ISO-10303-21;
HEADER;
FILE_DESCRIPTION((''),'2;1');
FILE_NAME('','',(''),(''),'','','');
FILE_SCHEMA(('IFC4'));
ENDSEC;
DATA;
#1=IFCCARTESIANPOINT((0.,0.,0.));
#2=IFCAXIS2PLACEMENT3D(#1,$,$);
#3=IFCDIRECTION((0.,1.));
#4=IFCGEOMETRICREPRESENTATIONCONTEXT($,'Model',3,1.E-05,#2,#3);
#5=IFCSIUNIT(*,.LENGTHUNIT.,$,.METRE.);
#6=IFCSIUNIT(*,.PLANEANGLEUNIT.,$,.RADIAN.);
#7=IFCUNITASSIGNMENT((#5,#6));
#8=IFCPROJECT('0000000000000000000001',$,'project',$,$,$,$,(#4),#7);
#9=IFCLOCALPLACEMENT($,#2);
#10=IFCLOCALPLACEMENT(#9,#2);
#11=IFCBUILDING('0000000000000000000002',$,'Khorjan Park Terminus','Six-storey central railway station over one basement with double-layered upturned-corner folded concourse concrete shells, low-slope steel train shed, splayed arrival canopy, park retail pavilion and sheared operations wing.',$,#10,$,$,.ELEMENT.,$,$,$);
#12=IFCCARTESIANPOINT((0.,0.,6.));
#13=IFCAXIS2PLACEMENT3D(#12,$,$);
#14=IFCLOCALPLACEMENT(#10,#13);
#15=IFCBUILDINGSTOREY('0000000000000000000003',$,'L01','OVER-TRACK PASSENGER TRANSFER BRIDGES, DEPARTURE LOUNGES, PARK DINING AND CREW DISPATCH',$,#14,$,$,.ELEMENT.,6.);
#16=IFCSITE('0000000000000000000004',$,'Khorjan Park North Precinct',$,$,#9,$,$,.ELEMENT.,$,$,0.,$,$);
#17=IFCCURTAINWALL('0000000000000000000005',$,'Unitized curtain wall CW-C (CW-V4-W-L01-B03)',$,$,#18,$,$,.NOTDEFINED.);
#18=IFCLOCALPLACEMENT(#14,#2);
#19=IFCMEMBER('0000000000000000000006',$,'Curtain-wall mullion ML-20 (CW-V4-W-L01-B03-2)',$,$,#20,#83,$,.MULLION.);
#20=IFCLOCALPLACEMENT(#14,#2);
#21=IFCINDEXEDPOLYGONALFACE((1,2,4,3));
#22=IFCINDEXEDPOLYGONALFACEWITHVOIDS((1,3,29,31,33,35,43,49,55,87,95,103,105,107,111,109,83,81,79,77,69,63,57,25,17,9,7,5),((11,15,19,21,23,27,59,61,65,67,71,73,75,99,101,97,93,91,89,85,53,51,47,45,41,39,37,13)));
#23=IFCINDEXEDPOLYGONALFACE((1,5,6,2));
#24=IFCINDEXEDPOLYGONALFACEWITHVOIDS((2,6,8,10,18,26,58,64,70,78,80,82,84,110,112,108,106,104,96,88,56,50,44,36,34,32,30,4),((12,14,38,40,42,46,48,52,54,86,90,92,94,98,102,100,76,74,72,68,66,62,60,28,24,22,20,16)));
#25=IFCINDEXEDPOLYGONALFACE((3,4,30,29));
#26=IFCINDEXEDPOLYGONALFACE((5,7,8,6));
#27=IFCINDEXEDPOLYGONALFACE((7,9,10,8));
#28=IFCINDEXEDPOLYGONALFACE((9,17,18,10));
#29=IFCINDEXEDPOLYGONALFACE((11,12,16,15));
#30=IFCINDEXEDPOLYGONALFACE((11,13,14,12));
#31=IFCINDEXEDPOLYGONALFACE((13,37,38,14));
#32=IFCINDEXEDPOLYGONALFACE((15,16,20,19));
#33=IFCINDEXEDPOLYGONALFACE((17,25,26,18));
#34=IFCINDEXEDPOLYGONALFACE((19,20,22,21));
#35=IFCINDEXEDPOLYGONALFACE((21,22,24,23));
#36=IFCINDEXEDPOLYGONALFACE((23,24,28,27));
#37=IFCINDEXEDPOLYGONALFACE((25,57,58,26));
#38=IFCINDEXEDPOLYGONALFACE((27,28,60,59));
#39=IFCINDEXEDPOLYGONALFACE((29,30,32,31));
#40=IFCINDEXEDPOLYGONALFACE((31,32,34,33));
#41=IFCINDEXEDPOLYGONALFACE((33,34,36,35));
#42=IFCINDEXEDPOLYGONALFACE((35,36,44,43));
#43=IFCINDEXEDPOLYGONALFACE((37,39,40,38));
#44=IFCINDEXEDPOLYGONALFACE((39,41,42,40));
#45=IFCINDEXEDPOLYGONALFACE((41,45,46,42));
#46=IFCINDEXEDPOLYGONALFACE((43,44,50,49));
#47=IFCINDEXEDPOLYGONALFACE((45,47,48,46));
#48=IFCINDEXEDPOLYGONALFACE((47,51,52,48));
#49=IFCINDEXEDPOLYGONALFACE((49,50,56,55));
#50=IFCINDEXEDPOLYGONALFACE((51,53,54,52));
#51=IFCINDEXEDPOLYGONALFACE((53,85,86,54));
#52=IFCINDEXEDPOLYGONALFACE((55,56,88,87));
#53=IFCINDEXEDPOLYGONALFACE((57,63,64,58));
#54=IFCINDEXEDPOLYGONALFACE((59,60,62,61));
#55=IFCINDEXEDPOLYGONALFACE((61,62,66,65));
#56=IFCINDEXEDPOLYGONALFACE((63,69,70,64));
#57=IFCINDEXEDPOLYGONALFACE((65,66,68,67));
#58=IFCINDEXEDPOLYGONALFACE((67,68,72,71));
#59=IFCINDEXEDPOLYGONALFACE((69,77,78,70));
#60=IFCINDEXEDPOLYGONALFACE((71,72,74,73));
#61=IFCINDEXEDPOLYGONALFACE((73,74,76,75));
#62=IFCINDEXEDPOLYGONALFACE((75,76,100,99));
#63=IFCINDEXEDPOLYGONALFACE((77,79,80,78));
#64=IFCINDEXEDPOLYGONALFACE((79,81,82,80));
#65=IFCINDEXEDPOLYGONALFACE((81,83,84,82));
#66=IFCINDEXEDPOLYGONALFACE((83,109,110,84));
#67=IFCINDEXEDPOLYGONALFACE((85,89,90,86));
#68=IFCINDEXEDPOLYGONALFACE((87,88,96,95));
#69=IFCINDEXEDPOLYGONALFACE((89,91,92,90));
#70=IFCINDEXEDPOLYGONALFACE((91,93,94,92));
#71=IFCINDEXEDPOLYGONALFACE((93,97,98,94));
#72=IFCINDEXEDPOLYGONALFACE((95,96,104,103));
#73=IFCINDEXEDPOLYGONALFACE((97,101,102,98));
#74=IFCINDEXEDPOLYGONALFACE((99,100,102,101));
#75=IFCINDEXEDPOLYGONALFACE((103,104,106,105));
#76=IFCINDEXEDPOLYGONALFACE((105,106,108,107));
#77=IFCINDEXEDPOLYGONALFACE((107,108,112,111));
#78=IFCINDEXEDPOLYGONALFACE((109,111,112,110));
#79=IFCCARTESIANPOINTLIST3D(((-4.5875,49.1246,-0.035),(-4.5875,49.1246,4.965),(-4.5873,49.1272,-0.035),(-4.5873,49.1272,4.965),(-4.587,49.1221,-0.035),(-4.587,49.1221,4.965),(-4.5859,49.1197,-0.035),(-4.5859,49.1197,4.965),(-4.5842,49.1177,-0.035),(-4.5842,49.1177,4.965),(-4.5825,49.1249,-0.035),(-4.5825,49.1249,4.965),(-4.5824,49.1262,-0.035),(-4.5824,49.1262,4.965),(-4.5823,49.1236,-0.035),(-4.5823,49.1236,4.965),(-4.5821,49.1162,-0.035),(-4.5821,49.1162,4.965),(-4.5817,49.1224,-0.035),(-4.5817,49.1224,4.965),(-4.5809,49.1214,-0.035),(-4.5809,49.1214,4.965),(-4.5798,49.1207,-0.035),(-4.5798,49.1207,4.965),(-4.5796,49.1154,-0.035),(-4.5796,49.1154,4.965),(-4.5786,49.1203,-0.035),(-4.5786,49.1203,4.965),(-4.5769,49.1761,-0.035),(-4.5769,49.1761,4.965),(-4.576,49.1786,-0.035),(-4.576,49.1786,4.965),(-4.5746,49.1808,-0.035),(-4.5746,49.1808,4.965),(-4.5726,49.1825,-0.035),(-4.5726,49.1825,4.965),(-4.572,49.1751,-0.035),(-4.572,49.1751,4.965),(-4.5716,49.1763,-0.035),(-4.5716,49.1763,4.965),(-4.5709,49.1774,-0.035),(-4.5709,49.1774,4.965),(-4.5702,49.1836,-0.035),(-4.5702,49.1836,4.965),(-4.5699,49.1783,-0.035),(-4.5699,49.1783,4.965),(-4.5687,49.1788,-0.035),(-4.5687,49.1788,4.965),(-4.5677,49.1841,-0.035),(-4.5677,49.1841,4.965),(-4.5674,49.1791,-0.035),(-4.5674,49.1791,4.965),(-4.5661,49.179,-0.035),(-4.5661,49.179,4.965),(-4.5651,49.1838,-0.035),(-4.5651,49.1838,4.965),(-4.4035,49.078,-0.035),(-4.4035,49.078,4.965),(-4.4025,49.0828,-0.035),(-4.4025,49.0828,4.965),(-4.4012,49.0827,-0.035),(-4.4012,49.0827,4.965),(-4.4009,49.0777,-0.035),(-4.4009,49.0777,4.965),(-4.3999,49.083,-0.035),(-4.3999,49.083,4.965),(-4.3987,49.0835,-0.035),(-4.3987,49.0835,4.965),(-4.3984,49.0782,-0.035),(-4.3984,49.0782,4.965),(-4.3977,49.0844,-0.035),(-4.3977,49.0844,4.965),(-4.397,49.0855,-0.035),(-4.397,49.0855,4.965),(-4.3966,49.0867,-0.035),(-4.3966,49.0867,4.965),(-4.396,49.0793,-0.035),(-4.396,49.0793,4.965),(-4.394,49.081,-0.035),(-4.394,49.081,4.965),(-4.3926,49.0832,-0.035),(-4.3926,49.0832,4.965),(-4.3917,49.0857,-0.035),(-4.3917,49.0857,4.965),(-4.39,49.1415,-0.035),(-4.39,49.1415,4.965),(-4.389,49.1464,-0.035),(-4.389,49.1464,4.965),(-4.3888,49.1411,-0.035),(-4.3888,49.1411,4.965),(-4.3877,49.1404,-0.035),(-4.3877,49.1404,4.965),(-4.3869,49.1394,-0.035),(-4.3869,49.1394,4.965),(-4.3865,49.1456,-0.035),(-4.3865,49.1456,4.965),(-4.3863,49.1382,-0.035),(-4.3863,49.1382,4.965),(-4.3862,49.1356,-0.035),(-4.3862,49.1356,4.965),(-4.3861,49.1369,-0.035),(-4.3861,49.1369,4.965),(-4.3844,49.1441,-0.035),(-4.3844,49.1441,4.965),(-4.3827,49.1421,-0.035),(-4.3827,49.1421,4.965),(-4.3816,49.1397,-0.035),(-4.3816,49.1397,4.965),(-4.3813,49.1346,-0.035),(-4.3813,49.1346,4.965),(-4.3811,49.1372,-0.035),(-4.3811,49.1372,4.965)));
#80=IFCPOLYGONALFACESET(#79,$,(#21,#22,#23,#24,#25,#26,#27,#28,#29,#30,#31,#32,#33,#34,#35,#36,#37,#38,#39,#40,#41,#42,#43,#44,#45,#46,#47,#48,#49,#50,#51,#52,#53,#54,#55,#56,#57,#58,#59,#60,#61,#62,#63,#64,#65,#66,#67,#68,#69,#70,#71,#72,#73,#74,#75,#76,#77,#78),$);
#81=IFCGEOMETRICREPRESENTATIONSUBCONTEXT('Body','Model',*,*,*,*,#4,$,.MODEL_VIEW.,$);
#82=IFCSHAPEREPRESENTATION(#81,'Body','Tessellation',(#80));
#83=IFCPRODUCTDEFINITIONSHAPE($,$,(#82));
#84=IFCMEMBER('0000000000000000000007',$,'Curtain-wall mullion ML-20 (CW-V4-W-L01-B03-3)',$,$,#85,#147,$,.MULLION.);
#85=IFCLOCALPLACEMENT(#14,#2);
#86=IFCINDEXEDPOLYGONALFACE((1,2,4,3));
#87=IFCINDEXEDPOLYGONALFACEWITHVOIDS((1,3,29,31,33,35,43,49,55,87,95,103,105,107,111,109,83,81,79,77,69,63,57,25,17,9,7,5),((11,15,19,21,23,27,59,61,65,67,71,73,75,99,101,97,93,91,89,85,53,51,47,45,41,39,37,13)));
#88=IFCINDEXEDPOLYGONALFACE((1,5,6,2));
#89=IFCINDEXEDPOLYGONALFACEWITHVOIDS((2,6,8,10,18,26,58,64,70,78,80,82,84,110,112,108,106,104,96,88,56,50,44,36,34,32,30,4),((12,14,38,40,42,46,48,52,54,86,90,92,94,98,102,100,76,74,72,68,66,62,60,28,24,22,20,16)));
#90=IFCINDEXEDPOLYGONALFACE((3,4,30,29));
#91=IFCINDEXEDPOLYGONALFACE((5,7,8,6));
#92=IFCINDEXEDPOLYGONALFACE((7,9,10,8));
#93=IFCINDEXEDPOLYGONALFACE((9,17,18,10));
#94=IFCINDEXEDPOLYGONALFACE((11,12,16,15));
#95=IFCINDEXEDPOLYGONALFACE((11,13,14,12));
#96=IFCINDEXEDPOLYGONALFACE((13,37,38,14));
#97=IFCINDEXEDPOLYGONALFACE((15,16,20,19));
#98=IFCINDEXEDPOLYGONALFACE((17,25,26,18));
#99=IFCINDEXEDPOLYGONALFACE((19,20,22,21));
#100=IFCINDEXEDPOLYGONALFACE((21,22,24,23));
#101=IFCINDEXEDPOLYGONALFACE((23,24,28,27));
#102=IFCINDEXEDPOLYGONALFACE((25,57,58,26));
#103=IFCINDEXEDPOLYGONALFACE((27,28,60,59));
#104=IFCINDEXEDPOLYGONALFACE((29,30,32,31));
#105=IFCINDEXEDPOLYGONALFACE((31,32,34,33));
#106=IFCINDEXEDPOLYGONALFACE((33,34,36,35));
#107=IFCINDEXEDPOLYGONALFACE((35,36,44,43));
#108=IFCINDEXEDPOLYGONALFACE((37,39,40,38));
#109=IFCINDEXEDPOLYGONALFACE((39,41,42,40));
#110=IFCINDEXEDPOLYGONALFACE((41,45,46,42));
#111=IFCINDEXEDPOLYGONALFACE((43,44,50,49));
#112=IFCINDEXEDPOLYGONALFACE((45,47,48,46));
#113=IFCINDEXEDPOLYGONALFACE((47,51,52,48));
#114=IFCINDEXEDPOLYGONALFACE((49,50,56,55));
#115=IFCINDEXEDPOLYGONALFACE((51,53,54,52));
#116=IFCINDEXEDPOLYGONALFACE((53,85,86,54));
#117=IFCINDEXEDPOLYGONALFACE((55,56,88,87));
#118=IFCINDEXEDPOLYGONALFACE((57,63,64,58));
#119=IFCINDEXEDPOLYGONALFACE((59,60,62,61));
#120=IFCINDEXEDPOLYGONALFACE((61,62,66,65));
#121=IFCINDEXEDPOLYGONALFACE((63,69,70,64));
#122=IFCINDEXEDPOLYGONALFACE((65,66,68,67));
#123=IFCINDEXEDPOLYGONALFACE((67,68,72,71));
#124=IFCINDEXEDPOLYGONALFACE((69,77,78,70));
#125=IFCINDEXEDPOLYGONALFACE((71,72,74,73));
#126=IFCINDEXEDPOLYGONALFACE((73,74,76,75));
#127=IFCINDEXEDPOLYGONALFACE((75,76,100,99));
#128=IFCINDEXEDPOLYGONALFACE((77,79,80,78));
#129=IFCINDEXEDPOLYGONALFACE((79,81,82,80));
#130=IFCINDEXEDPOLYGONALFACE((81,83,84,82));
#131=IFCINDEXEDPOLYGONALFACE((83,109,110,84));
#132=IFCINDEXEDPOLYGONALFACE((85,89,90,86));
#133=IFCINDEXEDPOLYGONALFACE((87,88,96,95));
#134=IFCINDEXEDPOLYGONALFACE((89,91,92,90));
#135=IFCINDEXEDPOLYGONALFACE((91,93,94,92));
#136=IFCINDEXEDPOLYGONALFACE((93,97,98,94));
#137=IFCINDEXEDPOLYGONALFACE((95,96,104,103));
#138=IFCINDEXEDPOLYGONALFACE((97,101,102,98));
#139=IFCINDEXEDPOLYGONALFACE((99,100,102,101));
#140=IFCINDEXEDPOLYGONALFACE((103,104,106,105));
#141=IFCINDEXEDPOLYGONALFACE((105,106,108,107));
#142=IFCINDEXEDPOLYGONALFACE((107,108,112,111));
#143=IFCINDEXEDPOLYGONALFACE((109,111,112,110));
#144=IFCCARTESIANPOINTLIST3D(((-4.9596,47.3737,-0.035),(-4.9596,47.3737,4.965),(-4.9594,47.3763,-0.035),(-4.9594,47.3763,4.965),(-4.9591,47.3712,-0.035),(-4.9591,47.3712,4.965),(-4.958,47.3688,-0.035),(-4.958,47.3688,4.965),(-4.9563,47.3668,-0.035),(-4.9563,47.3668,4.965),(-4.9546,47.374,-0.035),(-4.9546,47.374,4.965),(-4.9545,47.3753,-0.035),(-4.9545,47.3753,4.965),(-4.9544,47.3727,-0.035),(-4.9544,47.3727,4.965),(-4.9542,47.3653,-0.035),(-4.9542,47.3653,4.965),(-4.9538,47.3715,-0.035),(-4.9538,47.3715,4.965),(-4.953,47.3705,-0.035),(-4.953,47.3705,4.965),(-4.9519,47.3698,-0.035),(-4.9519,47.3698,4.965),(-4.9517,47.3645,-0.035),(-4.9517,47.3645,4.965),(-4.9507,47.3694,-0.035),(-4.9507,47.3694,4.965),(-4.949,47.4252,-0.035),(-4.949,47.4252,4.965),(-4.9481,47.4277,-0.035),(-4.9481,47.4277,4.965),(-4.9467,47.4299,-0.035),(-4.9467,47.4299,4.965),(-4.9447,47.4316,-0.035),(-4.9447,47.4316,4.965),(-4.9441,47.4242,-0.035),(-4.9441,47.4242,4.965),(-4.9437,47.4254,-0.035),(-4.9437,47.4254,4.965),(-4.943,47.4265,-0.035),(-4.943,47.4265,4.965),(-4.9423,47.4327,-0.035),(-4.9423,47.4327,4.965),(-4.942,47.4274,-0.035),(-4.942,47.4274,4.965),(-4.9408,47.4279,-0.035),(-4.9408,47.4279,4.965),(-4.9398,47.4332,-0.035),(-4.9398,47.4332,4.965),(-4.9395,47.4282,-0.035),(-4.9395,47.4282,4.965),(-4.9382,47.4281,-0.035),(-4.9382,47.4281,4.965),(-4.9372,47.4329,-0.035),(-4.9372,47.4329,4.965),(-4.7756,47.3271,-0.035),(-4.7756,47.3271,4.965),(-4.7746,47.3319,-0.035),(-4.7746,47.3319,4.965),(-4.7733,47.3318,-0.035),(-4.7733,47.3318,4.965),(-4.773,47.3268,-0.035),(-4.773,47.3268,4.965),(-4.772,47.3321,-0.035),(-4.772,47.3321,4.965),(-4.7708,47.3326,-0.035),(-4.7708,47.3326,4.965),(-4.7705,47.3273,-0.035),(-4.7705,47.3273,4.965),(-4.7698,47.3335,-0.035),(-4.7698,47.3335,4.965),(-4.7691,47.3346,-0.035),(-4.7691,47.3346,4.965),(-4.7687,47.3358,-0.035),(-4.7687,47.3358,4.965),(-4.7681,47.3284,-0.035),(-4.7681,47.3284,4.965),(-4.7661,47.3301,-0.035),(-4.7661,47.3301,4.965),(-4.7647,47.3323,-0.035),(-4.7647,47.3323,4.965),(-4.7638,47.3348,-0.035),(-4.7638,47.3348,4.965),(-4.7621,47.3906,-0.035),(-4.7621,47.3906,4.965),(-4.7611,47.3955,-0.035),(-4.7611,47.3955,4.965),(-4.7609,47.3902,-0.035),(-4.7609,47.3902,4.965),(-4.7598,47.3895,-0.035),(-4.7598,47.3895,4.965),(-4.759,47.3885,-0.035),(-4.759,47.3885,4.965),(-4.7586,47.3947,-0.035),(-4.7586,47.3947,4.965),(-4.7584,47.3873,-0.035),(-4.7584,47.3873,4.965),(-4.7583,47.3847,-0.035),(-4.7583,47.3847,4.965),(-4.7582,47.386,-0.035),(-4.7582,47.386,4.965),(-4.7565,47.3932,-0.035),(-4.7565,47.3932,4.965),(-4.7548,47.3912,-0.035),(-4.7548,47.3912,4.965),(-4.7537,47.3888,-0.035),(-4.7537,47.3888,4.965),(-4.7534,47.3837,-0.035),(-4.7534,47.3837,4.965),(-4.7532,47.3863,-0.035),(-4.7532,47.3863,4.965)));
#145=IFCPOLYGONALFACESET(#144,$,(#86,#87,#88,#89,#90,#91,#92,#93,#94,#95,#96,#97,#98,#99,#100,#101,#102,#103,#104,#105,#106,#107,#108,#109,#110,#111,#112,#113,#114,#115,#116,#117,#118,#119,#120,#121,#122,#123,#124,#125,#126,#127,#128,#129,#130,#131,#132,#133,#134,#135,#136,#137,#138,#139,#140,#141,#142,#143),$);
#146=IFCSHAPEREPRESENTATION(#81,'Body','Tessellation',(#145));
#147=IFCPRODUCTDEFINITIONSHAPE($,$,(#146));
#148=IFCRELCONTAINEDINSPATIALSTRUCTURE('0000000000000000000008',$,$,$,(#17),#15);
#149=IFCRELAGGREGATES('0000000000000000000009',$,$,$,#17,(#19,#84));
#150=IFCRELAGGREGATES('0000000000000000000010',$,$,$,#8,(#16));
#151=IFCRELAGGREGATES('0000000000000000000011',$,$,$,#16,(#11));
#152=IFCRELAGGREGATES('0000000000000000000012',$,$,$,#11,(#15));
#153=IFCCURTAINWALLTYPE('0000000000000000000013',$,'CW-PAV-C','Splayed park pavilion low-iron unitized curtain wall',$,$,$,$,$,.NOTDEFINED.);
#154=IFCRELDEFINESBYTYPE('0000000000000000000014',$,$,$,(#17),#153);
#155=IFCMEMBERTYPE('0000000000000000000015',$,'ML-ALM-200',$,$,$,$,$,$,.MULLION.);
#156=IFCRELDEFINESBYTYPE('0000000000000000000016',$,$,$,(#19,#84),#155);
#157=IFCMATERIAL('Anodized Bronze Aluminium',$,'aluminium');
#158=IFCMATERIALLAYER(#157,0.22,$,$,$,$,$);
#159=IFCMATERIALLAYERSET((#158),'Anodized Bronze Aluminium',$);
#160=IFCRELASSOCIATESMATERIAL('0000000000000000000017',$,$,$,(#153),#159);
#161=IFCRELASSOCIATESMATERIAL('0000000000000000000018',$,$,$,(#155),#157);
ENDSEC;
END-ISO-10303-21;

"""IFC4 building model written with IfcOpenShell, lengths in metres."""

from ifc_helpers import new_model, si_unit, direction, frame, origin, origin_2d, place, context, subcontext, project, spatial, hollow_rectangle, extrude, material, layer, layer_set, material_profile, profile_set, type_object, element, aggregate, save


model = new_model("IFC4")

# Units and contexts
model_context = context("Model", 3, precision=1e-05, world=origin(), true_north=direction((0.0, 1.0)))
body_context = subcontext(model_context, "Body", "Model", "MODEL_VIEW")
ifc_project = project(units=[si_unit("LENGTHUNIT", "METRE"), si_unit("PLANEANGLEUNIT", "RADIAN")], contexts=[model_context])

# Site, building, storey
site_placement = place(None, origin())
site = spatial("IfcSite", under=ifc_project, at=site_placement, Name="Khorjan Park North Precinct", CompositionType="ELEMENT", RefElevation=0.0)
building_placement = place(site_placement, origin())
building = spatial("IfcBuilding", under=site, at=building_placement, Name="Khorjan Park Terminus", Description="Six-storey central railway station over one basement with double-layered upturned-corner folded concourse concrete shells, low-slope steel train shed, splayed arrival canopy, park retail pavilion and sheared operations wing.", CompositionType="ELEMENT")
storey_placement = place(building_placement, frame((0.0, 0.0, 6.0)))
storey = spatial("IfcBuildingStorey", under=building, at=storey_placement, Name="L01", Description="OVER-TRACK PASSENGER TRANSFER BRIDGES, DEPARTURE LOUNGES, PARK DINING AND CREW DISPATCH", CompositionType="ELEMENT", Elevation=6.0)

# Curtain wall, members
ifc_material_1 = material(Name="Anodized Bronze Aluminium", Category="aluminium")
ifc_layer_1 = layer(ifc_material_1, 0.22)
ifc_layer_set_1 = layer_set([ifc_layer_1], Name="Anodized Bronze Aluminium")
curtain_wall_type = type_object("IfcCurtainWallType", Name="CW-PAV-C", Description="Splayed park pavilion low-iron unitized curtain wall", PredefinedType="NOTDEFINED", material=ifc_layer_set_1)
curtain_wall_placement = place(storey_placement, origin())
curtain_wall = element("IfcCurtainWall", 1, at=curtain_wall_placement, inside=storey, type_object=curtain_wall_type, Name="Unitized curtain wall CW-C (CW-V4-W-L01-B03)", PredefinedType="NOTDEFINED")
ifc_material_profile_1 = material_profile(ifc_material_1, hollow_rectangle(XDim=0.07, YDim=0.2, WallThickness=0.005, InnerFilletRadius=0.005, OuterFilletRadius=0.01, at=origin_2d()), Name="ALM 70x200x5")
ifc_profile_set_1 = profile_set([ifc_material_profile_1], Name="Anodized Bronze Aluminium")
member_type_1 = type_object("IfcMemberType", Name="ML-ALM-200", PredefinedType="MULLION", material=ifc_profile_set_1)
member_1_placement = place(storey_placement, frame((-4.4843, 49.1309, -0.035), z_axis=(0.0, 0.0, 1.0), x_axis=(-0.207918, -0.978146, 0.0)))
member_1 = element("IfcMember", 2, at=member_1_placement, type_object=member_type_1, Name="Curtain-wall mullion ML-20 (CW-V4-W-L01-B03-2)", PredefinedType="MULLION", context=body_context, shape_type="SweptSolid", body=[
    extrude(hollow_rectangle(XDim=0.07, YDim=0.2, WallThickness=0.005, InnerFilletRadius=0.005, OuterFilletRadius=0.01, at=origin_2d()), origin(), (0.0, 0.0, 1.0), 5.0),
])
member_2_placement = place(storey_placement, frame((-4.8564, 47.38, -0.035), z_axis=(0.0, 0.0, 1.0), x_axis=(-0.207918, -0.978146, 0.0)))
member_2 = element("IfcMember", 3, at=member_2_placement, type_object=member_type_1, Name="Curtain-wall mullion ML-20 (CW-V4-W-L01-B03-3)", PredefinedType="MULLION", context=body_context, shape_type="SweptSolid", body=[
    extrude(hollow_rectangle(XDim=0.07, YDim=0.2, WallThickness=0.005, InnerFilletRadius=0.005, OuterFilletRadius=0.01, at=origin_2d()), origin(), (0.0, 0.0, 1.0), 5.0),
])
aggregate(curtain_wall, [member_1, member_2])

save(model, "model.ifc")
